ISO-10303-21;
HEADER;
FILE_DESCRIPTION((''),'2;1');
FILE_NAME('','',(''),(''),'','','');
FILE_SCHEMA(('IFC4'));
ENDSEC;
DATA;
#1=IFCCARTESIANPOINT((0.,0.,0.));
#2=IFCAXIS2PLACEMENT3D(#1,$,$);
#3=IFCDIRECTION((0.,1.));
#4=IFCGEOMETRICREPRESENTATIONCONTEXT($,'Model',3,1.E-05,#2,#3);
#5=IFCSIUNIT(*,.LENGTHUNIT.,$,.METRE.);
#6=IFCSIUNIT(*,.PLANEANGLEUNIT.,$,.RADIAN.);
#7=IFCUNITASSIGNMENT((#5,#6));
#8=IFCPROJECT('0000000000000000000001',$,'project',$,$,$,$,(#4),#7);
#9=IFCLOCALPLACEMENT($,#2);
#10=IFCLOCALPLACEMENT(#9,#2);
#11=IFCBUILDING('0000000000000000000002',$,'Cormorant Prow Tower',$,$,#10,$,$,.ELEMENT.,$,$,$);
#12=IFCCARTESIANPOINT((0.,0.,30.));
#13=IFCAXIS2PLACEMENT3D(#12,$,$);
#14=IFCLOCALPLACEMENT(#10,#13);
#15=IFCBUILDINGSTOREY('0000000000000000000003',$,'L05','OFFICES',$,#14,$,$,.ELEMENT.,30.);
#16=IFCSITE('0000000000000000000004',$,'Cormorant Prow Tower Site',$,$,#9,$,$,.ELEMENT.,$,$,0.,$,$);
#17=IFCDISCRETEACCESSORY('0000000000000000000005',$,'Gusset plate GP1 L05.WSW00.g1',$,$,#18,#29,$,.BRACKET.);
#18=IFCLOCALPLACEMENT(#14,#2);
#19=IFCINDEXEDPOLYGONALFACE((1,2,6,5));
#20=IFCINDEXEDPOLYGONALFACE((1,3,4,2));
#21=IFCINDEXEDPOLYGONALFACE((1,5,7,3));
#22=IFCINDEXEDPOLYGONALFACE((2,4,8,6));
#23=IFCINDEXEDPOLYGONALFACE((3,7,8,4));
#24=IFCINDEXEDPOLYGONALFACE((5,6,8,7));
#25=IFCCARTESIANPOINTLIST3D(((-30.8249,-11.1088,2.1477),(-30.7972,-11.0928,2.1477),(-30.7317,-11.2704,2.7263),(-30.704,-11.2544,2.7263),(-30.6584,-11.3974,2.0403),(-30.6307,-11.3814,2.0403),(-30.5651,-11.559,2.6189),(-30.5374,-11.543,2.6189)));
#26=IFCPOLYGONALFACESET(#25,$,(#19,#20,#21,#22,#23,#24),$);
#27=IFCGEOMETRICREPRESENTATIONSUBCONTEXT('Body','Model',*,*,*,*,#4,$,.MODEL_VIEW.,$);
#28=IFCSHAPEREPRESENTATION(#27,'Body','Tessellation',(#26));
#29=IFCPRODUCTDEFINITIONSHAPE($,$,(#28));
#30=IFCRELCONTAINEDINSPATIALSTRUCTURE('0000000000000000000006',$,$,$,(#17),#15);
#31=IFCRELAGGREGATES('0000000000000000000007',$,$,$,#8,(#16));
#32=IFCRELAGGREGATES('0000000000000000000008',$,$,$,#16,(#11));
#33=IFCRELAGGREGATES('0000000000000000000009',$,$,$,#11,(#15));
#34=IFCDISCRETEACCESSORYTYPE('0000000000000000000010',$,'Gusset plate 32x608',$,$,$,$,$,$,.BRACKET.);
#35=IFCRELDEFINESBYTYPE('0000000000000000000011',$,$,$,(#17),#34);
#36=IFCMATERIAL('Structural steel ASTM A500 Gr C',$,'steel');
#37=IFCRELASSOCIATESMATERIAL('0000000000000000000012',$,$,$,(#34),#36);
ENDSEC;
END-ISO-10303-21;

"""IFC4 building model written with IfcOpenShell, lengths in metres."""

from ifc_helpers import new_model, si_unit, direction, frame, origin, origin_2d, place, context, subcontext, project, spatial, rectangle, extrude, material, material_profile, profile_set, type_object, element, save


model = new_model("IFC4")

# Units and contexts
model_context = context("Model", 3, precision=1e-05, world=origin(), true_north=direction((0.0, 1.0)))
body_context = subcontext(model_context, "Body", "Model", "MODEL_VIEW")
ifc_project = project(units=[si_unit("LENGTHUNIT", "METRE"), si_unit("PLANEANGLEUNIT", "RADIAN")], contexts=[model_context])

# Site, building, storey
site_placement = place(None, origin())
site = spatial("IfcSite", under=ifc_project, at=site_placement, Name="Cormorant Prow Tower Site", CompositionType="ELEMENT", RefElevation=0.0)
building_placement = place(site_placement, origin())
building = spatial("IfcBuilding", under=site, at=building_placement, Name="Cormorant Prow Tower", CompositionType="ELEMENT")
storey_placement = place(building_placement, frame((0.0, 0.0, 30.0)))
storey = spatial("IfcBuildingStorey", under=building, at=storey_placement, Name="L05", Description="OFFICES", CompositionType="ELEMENT", Elevation=30.0)

# Discrete accessory
ifc_material_1 = material(Name="Structural steel ASTM A500 Gr C", Category="steel")
ifc_material_profile_1 = material_profile(ifc_material_1, rectangle(XDim=0.032, YDim=0.6079, at=origin_2d()), Name="Gusset plate 32x608")
ifc_profile_set_1 = profile_set([ifc_material_profile_1], Name="Structural steel ASTM A500 Gr C")
discrete_accessory_type_1 = type_object("IfcDiscreteAccessoryType", Name="Gusset plate 32x608", PredefinedType="BRACKET", material=ifc_profile_set_1)
discrete_accessory_1_placement = place(storey_placement, frame((-30.5979, -11.4702, 2.3296), z_axis=(-0.475652, 0.82437, 0.306872), x_axis=(-0.866161, -0.499765, 0.0)))
element("IfcDiscreteAccessory", 1, at=discrete_accessory_1_placement, inside=storey, type_object=discrete_accessory_type_1, Name="Gusset plate GP1 L05.WSW00.g1", PredefinedType="BRACKET", context=body_context, shape_type="SweptSolid", body=[
    extrude(rectangle(XDim=0.032, YDim=0.6079, at=origin_2d()), origin(), (0.0, 0.0, 1.0), 0.3501),
])

save(model, "model.ifc")
